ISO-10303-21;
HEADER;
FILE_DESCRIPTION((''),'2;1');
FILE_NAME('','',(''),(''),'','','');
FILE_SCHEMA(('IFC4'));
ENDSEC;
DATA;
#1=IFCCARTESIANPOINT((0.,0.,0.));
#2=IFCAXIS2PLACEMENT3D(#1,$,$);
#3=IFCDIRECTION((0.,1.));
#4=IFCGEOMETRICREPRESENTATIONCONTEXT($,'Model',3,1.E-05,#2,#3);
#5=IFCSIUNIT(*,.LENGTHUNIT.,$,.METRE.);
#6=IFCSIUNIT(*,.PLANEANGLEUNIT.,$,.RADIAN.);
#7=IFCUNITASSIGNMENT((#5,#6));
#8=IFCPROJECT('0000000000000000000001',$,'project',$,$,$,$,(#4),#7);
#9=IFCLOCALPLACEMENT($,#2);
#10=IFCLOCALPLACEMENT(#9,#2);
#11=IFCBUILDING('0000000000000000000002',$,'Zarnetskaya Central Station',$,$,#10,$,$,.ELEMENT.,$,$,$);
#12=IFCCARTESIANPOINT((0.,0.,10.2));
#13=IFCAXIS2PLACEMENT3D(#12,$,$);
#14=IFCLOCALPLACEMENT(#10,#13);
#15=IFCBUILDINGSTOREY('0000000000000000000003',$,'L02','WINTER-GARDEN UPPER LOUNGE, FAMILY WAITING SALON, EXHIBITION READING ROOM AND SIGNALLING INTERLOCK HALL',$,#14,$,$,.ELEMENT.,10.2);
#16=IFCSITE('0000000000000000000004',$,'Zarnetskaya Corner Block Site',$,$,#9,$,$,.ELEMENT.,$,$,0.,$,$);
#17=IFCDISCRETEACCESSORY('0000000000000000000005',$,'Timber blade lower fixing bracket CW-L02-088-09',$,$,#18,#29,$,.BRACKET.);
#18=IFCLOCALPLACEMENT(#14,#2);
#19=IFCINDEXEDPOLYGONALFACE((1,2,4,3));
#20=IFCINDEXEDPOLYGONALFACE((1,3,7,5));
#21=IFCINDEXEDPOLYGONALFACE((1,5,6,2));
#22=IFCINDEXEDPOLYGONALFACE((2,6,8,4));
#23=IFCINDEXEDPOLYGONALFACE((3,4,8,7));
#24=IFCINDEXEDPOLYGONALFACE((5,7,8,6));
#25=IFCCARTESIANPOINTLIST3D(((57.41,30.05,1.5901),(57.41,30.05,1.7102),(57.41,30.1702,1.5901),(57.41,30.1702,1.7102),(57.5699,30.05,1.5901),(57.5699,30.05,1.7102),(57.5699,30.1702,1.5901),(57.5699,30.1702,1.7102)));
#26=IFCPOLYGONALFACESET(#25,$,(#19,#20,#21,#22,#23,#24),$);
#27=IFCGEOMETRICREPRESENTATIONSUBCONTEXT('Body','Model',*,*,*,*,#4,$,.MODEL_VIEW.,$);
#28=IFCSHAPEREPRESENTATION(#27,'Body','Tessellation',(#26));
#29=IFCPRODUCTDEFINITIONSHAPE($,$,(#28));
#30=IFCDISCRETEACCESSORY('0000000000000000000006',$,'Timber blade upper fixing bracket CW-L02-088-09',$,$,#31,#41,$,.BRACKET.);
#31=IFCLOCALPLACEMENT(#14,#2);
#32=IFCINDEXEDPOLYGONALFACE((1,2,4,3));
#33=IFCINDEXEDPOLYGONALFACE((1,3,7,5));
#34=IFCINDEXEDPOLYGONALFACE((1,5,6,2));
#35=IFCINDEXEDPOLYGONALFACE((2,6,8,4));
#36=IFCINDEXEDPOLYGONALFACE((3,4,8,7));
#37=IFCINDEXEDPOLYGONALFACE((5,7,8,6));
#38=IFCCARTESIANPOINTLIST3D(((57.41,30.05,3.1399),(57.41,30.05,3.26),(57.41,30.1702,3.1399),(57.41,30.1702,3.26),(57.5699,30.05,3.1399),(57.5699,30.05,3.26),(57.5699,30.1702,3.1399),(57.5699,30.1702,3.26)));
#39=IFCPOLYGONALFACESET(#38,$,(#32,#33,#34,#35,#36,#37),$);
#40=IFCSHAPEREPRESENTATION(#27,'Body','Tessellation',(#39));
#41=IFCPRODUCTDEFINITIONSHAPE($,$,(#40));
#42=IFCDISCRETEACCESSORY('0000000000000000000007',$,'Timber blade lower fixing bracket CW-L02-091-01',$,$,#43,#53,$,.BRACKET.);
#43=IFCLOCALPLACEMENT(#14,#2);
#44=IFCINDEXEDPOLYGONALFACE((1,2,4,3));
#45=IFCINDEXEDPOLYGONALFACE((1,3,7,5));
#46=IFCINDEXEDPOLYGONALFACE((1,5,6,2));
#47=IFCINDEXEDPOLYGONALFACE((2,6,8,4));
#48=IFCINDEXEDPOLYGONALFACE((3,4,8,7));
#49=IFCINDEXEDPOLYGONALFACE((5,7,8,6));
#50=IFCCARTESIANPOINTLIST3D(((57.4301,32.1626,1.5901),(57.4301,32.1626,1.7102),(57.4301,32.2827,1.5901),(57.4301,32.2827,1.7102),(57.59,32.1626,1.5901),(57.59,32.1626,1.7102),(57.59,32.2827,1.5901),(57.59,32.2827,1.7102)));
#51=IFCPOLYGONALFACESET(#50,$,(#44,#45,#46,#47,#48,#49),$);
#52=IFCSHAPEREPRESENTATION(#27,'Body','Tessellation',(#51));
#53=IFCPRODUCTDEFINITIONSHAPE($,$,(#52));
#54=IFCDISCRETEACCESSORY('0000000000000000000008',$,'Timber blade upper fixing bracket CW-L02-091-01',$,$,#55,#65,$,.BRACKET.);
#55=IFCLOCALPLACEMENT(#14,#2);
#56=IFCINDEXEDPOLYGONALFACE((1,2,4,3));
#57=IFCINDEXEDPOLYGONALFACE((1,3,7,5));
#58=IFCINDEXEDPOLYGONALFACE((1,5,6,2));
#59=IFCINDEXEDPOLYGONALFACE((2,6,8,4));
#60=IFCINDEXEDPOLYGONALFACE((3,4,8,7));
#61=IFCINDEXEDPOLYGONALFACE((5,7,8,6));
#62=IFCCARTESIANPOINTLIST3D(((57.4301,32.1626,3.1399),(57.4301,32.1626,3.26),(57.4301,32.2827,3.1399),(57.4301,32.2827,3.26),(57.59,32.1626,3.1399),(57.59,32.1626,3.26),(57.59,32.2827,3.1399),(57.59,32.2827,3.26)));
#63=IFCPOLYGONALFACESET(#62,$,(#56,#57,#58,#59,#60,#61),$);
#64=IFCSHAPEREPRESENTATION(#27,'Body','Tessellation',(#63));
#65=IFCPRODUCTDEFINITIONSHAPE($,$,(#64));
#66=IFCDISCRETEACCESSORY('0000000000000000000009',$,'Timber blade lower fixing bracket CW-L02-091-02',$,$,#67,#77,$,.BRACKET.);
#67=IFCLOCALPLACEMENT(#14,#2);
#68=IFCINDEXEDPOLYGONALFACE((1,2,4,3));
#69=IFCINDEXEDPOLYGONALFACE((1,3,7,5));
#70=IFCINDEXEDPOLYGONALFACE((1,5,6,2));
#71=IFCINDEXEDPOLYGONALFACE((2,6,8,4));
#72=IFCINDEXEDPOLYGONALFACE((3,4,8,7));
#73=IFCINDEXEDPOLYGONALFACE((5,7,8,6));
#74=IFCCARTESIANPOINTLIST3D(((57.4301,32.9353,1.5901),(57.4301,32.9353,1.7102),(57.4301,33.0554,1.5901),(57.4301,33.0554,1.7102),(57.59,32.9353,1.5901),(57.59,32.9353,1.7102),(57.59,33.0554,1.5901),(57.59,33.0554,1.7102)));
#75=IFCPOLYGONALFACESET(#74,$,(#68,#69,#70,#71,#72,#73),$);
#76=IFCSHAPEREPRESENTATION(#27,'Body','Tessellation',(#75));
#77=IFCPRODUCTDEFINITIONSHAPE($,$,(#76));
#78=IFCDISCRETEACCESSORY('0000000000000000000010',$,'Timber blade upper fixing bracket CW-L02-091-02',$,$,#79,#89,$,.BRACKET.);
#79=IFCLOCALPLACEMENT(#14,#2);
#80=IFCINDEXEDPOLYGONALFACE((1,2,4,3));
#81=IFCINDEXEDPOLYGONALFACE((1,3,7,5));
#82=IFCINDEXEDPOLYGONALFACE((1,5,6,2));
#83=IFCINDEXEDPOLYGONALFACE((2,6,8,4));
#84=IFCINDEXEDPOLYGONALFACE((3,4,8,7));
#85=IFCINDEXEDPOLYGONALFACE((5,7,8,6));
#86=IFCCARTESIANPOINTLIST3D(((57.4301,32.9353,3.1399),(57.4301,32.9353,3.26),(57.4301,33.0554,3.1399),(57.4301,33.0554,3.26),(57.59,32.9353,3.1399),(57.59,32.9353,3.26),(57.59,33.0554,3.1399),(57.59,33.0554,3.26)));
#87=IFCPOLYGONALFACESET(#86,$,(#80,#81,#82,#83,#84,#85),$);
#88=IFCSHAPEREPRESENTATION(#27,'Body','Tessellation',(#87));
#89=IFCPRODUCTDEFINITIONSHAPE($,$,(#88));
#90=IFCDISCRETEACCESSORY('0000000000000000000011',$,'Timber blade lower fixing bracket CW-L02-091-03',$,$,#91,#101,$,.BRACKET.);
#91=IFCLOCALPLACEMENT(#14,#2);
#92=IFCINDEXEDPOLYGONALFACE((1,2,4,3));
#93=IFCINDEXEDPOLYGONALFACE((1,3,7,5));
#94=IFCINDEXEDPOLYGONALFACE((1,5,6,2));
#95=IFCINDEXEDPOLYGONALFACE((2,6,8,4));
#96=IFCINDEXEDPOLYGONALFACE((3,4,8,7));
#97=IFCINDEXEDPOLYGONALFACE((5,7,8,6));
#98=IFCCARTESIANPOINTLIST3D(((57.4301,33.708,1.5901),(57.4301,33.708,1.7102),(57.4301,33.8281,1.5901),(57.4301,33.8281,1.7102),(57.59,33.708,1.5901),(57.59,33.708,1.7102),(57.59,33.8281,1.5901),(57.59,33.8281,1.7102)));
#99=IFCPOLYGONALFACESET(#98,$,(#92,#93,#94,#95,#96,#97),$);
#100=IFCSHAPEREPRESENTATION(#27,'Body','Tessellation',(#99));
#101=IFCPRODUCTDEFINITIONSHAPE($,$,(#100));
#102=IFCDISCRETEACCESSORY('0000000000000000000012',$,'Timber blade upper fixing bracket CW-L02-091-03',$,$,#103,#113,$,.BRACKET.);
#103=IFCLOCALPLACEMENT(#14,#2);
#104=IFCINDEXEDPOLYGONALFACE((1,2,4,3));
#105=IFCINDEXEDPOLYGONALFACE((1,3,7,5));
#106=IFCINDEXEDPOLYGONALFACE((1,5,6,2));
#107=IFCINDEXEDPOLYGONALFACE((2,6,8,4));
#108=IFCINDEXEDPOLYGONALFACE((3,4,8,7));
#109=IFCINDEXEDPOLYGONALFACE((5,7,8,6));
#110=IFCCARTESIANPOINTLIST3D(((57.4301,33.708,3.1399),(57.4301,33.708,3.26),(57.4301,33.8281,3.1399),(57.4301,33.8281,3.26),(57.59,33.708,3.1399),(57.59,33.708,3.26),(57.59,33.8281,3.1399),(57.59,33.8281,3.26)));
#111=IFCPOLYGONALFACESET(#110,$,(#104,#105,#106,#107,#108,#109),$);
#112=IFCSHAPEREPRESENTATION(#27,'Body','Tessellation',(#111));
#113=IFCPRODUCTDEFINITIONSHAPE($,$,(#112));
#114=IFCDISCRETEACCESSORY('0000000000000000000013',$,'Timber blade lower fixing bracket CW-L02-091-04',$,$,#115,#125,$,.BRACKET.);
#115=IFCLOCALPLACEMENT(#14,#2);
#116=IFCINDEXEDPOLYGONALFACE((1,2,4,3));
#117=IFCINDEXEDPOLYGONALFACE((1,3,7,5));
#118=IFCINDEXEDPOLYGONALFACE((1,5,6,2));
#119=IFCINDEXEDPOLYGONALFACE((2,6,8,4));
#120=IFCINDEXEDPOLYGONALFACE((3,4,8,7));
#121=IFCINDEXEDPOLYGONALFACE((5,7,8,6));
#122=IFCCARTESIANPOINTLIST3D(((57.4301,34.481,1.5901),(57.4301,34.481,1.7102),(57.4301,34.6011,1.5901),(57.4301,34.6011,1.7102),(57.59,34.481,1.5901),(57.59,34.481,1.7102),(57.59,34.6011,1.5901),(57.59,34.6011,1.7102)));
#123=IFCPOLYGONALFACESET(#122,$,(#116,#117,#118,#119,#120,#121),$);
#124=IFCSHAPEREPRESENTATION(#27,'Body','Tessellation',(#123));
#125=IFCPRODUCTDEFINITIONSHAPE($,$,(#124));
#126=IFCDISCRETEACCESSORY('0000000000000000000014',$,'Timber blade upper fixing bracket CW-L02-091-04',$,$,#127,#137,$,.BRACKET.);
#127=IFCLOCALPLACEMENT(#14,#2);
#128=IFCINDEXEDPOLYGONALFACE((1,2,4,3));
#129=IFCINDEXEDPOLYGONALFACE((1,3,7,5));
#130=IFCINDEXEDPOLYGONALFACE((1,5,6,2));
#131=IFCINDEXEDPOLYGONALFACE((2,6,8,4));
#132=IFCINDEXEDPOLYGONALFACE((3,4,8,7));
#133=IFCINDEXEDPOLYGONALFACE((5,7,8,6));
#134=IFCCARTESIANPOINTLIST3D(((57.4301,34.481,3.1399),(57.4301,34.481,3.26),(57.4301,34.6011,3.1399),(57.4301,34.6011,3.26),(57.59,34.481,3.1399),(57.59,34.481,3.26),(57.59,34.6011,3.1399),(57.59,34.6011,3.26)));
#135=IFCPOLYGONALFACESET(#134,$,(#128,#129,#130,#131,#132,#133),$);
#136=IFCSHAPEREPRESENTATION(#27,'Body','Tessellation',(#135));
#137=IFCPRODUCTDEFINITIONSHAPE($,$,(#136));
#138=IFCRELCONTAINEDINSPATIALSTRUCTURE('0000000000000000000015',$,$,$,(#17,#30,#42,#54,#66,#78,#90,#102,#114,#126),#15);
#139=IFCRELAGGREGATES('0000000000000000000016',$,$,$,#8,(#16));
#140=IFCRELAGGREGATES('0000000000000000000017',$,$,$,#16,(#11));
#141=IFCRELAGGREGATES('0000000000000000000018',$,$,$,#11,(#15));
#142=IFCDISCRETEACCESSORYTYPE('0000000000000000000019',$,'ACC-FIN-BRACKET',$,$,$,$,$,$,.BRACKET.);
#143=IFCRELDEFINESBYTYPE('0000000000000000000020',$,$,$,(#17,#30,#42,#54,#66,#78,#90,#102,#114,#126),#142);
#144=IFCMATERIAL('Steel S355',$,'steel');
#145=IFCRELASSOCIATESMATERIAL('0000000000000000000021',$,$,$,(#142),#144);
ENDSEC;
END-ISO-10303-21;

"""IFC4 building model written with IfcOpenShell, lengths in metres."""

from ifc_helpers import new_model, si_unit, direction, frame, origin, origin_2d, place, context, subcontext, project, spatial, rectangle, extrude, material, type_object, element, save


model = new_model("IFC4")

# Units and contexts
model_context = context("Model", 3, precision=1e-05, world=origin(), true_north=direction((0.0, 1.0)))
body_context = subcontext(model_context, "Body", "Model", "MODEL_VIEW")
ifc_project = project(units=[si_unit("LENGTHUNIT", "METRE"), si_unit("PLANEANGLEUNIT", "RADIAN")], contexts=[model_context])

# Site, building, storey
site_placement = place(None, origin())
site = spatial("IfcSite", under=ifc_project, at=site_placement, Name="Zarnetskaya Corner Block Site", CompositionType="ELEMENT", RefElevation=0.0)
building_placement = place(site_placement, origin())
building = spatial("IfcBuilding", under=site, at=building_placement, Name="Zarnetskaya Central Station", CompositionType="ELEMENT")
storey_placement = place(building_placement, frame((0.0, 0.0, 10.2)))
storey = spatial("IfcBuildingStorey", under=building, at=storey_placement, Name="L02", Description="WINTER-GARDEN UPPER LOUNGE, FAMILY WAITING SALON, EXHIBITION READING ROOM AND SIGNALLING INTERLOCK HALL", CompositionType="ELEMENT", Elevation=10.2)

# Shared definitions
ifc_material = material(Name="Steel S355", Category="steel")

# Discrete accessories
discrete_accessory_type = type_object("IfcDiscreteAccessoryType", Name="ACC-FIN-BRACKET", PredefinedType="BRACKET", material=ifc_material)
for number, where, z_axis, x_axis, name in (
    (1, (57.49, 30.1101, 1.5901), (0.0, 0.0, 1.0), (0.0, 1.0, 0.0), "Timber blade lower fixing bracket CW-L02-088-09"),
    (2, (57.49, 30.1101, 3.1399), (0.0, 0.0, 1.0), (0.0, 1.0, 0.0), "Timber blade upper fixing bracket CW-L02-088-09"),
    (3, (57.51, 32.2227, 1.5901), (0.0, 0.0, 1.0), (0.0, 1.0, 0.0), "Timber blade lower fixing bracket CW-L02-091-01"),
    (4, (57.51, 32.2227, 3.1399), (0.0, 0.0, 1.0), (0.0, 1.0, 0.0), "Timber blade upper fixing bracket CW-L02-091-01"),
    (5, (57.51, 32.9954, 1.5901), (0.0, 0.0, 1.0), (0.0, 1.0, 0.0), "Timber blade lower fixing bracket CW-L02-091-02"),
    (6, (57.51, 32.9954, 3.1399), (0.0, 0.0, 1.0), (0.0, 1.0, 0.0), "Timber blade upper fixing bracket CW-L02-091-02"),
    (7, (57.51, 33.7681, 1.5901), (0.0, 0.0, 1.0), (0.0, 1.0, 0.0), "Timber blade lower fixing bracket CW-L02-091-03"),
    (8, (57.51, 33.7681, 3.1399), (0.0, 0.0, 1.0), (0.0, 1.0, 0.0), "Timber blade upper fixing bracket CW-L02-091-03"),
    (9, (57.51, 34.541, 1.5901), (0.0, 0.0, 1.0), (0.0, 1.0, 0.0), "Timber blade lower fixing bracket CW-L02-091-04"),
    (10, (57.51, 34.541, 3.1399), (0.0, 0.0, 1.0), (0.0, 1.0, 0.0), "Timber blade upper fixing bracket CW-L02-091-04"),
):
    element("IfcDiscreteAccessory", number, at=place(storey_placement, frame(where, z_axis=z_axis, x_axis=x_axis)), inside=storey, type_object=discrete_accessory_type, Name=name, PredefinedType="BRACKET", context=body_context, shape_type="SweptSolid", body=[
        extrude(rectangle(XDim=0.1201, YDim=0.1599, at=origin_2d()), origin(), (0.0, 0.0, 1.0), 0.1201),
    ])

save(model, "model.ifc")
